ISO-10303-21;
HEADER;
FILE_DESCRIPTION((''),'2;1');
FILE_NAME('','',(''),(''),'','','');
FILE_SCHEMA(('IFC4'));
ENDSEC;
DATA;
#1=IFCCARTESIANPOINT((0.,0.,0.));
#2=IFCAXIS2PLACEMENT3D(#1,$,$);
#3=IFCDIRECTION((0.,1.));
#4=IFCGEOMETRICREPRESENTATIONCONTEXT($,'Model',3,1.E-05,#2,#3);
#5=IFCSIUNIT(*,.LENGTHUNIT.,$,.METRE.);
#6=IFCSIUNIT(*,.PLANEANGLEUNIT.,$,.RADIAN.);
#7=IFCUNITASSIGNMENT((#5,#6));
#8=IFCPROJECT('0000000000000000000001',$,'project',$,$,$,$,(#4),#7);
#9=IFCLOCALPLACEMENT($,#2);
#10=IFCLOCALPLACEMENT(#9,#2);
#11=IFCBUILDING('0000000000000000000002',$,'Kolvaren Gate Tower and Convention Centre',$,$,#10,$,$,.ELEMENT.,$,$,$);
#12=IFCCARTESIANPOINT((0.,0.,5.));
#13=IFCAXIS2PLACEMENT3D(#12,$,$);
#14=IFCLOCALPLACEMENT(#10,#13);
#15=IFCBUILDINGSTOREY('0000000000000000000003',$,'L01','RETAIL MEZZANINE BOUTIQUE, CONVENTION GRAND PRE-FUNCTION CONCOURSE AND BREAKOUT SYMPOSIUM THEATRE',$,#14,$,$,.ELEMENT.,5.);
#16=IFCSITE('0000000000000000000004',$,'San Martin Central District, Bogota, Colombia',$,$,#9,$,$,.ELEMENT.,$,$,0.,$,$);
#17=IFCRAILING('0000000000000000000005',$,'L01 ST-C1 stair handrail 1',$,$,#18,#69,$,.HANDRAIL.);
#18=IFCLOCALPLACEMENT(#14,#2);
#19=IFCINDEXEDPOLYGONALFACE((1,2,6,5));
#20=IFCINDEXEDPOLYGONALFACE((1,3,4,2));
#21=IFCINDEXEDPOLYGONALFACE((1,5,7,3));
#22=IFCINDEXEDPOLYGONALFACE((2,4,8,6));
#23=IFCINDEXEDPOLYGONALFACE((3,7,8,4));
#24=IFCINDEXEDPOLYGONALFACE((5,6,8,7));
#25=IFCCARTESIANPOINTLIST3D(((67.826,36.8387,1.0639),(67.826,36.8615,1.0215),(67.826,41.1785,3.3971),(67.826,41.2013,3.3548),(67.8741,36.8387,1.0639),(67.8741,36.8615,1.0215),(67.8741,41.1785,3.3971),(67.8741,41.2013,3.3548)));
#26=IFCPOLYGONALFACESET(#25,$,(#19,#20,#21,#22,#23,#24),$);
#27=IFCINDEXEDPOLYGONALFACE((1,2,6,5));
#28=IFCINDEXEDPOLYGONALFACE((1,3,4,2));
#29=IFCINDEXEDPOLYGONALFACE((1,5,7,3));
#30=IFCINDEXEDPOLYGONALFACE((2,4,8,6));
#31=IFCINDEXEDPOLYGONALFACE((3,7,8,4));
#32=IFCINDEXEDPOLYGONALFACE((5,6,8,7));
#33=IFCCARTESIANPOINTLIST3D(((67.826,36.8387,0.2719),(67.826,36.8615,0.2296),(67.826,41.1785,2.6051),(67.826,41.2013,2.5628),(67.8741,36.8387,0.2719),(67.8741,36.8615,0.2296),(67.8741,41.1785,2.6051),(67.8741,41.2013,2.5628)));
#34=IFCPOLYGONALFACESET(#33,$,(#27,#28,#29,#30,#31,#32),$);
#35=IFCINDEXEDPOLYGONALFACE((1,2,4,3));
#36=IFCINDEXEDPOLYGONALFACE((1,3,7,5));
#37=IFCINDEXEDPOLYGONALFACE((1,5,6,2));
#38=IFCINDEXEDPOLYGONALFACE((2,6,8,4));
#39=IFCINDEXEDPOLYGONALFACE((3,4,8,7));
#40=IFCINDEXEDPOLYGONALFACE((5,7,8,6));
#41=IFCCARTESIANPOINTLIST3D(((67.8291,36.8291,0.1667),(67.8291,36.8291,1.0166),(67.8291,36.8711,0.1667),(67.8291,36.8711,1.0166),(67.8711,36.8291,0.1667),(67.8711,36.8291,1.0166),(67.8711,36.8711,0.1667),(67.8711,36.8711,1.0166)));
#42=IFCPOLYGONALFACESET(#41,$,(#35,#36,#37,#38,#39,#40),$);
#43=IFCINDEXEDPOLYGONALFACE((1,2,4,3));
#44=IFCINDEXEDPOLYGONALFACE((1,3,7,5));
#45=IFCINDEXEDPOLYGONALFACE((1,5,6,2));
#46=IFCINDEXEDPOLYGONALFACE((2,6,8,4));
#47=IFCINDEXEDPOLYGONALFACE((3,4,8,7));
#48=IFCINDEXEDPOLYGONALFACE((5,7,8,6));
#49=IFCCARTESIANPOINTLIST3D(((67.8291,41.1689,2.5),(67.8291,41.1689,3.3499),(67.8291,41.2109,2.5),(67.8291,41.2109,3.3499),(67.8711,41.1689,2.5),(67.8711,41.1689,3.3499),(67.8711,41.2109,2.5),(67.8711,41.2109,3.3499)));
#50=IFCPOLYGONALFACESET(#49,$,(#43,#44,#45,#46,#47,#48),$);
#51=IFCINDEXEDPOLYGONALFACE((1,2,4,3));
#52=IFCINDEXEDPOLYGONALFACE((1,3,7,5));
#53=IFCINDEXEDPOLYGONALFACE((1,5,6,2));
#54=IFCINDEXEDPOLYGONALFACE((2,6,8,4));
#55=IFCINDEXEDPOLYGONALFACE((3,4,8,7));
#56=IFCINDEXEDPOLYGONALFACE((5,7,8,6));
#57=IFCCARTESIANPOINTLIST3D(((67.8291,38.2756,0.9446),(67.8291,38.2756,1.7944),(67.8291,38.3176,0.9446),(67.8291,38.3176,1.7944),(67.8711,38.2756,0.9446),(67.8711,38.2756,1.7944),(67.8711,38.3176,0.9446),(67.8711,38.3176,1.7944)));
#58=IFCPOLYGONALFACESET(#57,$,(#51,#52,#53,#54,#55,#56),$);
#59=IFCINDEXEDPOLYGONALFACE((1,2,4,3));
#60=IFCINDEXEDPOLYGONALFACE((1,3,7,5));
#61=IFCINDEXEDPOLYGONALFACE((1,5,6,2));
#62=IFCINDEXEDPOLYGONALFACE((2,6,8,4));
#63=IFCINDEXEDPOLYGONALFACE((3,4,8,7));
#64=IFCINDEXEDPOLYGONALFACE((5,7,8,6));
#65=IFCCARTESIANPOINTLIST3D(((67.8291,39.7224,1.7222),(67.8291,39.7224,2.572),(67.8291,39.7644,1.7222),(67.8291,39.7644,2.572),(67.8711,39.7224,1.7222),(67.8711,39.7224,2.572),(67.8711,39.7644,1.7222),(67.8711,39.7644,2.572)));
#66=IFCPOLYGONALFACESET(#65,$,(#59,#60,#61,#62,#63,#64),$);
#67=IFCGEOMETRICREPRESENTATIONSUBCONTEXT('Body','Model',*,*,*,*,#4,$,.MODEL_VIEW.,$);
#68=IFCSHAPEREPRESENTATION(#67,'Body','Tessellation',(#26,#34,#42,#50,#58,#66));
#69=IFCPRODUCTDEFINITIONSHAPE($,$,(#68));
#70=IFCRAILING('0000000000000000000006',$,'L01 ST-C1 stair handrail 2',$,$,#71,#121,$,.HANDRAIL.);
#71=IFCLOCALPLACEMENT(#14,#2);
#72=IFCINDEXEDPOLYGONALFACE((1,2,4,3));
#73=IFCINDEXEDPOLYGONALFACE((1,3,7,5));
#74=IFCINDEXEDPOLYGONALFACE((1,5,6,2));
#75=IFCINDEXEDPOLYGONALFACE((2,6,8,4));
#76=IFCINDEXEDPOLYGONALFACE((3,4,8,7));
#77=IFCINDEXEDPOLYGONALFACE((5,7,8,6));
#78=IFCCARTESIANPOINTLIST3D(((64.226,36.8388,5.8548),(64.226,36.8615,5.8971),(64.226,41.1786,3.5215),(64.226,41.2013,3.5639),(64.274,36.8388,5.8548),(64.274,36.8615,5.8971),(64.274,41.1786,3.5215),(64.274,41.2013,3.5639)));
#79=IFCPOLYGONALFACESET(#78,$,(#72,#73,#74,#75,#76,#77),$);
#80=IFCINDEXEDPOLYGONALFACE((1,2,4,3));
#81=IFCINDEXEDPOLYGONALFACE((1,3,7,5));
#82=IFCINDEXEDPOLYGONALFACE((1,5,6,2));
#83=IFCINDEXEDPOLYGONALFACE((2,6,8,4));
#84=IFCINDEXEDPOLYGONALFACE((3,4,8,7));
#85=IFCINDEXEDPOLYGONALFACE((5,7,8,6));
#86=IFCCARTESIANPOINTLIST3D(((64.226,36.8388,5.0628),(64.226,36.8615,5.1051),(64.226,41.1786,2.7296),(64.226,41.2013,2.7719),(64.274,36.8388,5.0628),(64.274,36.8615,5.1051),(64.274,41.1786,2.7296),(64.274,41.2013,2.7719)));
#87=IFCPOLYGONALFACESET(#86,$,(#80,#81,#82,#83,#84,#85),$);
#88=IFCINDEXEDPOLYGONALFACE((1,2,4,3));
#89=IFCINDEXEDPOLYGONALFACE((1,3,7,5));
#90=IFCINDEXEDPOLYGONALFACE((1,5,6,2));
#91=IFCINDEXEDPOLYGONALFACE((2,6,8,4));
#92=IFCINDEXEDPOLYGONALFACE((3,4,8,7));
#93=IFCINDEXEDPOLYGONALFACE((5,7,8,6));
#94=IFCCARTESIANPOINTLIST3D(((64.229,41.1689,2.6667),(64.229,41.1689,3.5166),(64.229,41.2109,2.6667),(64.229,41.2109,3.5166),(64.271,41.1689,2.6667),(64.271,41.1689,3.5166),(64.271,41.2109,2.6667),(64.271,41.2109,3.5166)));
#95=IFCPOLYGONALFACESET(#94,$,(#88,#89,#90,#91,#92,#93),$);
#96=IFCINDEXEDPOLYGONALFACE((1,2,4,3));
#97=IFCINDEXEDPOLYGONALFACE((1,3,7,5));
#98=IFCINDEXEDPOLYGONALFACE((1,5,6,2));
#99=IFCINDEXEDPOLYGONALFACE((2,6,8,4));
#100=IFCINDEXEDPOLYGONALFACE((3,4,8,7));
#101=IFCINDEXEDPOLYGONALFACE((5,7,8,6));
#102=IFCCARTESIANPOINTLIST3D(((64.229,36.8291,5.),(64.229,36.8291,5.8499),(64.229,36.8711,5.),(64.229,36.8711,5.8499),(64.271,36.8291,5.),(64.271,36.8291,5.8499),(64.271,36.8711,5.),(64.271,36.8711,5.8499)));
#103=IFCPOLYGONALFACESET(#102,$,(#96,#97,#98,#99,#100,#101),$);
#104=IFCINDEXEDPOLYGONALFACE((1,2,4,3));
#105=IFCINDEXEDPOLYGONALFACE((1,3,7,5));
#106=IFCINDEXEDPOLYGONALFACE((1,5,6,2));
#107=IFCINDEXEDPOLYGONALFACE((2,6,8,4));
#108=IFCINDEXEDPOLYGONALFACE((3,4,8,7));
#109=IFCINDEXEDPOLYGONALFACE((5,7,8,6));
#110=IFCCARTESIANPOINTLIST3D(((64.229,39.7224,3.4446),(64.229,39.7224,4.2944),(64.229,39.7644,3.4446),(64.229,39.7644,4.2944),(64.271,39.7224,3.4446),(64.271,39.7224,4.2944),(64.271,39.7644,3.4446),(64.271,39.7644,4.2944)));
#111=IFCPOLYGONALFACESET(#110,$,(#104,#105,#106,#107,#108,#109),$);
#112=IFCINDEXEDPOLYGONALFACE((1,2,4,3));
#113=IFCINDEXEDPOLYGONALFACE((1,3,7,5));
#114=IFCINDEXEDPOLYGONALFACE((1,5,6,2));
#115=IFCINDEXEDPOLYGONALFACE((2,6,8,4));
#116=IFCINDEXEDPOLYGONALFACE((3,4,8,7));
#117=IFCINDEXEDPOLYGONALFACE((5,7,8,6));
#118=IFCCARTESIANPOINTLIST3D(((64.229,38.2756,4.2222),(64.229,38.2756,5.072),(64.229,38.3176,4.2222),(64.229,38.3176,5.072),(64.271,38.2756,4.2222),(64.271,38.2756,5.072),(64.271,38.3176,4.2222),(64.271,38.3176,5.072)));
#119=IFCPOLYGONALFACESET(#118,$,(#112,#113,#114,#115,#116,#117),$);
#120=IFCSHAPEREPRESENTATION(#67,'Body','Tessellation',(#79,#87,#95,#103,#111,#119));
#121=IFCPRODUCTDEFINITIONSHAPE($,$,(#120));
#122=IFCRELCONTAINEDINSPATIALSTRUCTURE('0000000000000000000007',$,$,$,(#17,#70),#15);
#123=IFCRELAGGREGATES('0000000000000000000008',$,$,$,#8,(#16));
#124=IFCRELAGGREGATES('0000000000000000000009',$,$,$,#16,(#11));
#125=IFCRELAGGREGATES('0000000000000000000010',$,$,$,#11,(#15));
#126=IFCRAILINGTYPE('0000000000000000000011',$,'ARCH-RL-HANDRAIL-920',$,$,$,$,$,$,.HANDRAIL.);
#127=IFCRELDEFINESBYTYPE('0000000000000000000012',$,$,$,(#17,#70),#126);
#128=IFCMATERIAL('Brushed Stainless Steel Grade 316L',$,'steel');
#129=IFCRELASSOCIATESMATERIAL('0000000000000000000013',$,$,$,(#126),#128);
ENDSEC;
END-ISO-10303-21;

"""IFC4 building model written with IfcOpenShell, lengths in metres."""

from ifc_helpers import new_model, si_unit, direction, frame, origin, origin_2d, place, context, subcontext, project, spatial, rectangle, extrude, material, type_object, element, save


model = new_model("IFC4")

# Units and contexts
model_context = context("Model", 3, precision=1e-05, world=origin(), true_north=direction((0.0, 1.0)))
body_context = subcontext(model_context, "Body", "Model", "MODEL_VIEW")
ifc_project = project(units=[si_unit("LENGTHUNIT", "METRE"), si_unit("PLANEANGLEUNIT", "RADIAN")], contexts=[model_context])

# Site, building, storey
site_placement = place(None, origin())
site = spatial("IfcSite", under=ifc_project, at=site_placement, Name="San Martin Central District, Bogota, Colombia", CompositionType="ELEMENT", RefElevation=0.0)
building_placement = place(site_placement, origin())
building = spatial("IfcBuilding", under=site, at=building_placement, Name="Kolvaren Gate Tower and Convention Centre", CompositionType="ELEMENT")
storey_placement = place(building_placement, frame((0.0, 0.0, 5.0)))
storey = spatial("IfcBuildingStorey", under=building, at=storey_placement, Name="L01", Description="RETAIL MEZZANINE BOUTIQUE, CONVENTION GRAND PRE-FUNCTION CONCOURSE AND BREAKOUT SYMPOSIUM THEATRE", CompositionType="ELEMENT", Elevation=5.0)

# Shared definitions
ifc_material_1 = material(Name="Brushed Stainless Steel Grade 316L", Category="steel")

# Railings
railing_type_1 = type_object("IfcRailingType", Name="ARCH-RL-HANDRAIL-920", PredefinedType="HANDRAIL", material=ifc_material_1)
railing_1_placement = place(storey_placement, frame((67.8501, 36.8501, 0.1667)))
element("IfcRailing", 1, at=railing_1_placement, inside=storey, type_object=railing_type_1, Name="L01 ST-C1 stair handrail 1", PredefinedType="HANDRAIL", context=body_context, shape_type="SweptSolid", body=[
    extrude(rectangle(XDim=0.0481, YDim=0.0481, at=origin_2d()), frame((0.0, 0.0, 0.876), z_axis=(0.0, 0.880775, 0.473535), x_axis=(-1.0, 0.0, 0.0)), (0.0, 0.0, 1.0), 4.9272),
    extrude(rectangle(XDim=0.0481, YDim=0.0481, at=origin_2d()), frame((0.0, 0.0, 0.084), z_axis=(0.0, 0.880775, 0.473535), x_axis=(-1.0, 0.0, 0.0)), (0.0, 0.0, 1.0), 4.9272),
    extrude(rectangle(XDim=0.042, YDim=0.042, at=origin_2d()), origin(), (0.0, 0.0, 1.0), 0.8499),
    extrude(rectangle(XDim=0.042, YDim=0.042, at=origin_2d()), frame((0.0, 4.3398, 2.3333)), (0.0, 0.0, 1.0), 0.8499),
    extrude(rectangle(XDim=0.042, YDim=0.042, at=origin_2d()), frame((0.0, 1.4465, 0.7778)), (0.0, 0.0, 1.0), 0.8499),
    extrude(rectangle(XDim=0.042, YDim=0.042, at=origin_2d()), frame((0.0, 2.8933, 1.5554)), (0.0, 0.0, 1.0), 0.8499),
])
railing_2_placement = place(storey_placement, frame((64.25, 41.1899, 2.6667)))
element("IfcRailing", 2, at=railing_2_placement, inside=storey, type_object=railing_type_1, Name="L01 ST-C1 stair handrail 2", PredefinedType="HANDRAIL", context=body_context, shape_type="SweptSolid", body=[
    extrude(rectangle(XDim=0.0481, YDim=0.0481, at=origin_2d()), frame((0.0, 0.0, 0.876), z_axis=(0.0, -0.880775, 0.473535), x_axis=(1.0, 0.0, 0.0)), (0.0, 0.0, 1.0), 4.9272),
    extrude(rectangle(XDim=0.0481, YDim=0.0481, at=origin_2d()), frame((0.0, 0.0, 0.084), z_axis=(0.0, -0.880775, 0.473535), x_axis=(1.0, 0.0, 0.0)), (0.0, 0.0, 1.0), 4.9272),
    extrude(rectangle(XDim=0.042, YDim=0.042, at=origin_2d()), origin(), (0.0, 0.0, 1.0), 0.8499),
    extrude(rectangle(XDim=0.042, YDim=0.042, at=origin_2d()), frame((0.0, -4.3398, 2.3333)), (0.0, 0.0, 1.0), 0.8499),
    extrude(rectangle(XDim=0.042, YDim=0.042, at=origin_2d()), frame((0.0, -1.4465, 0.7778)), (0.0, 0.0, 1.0), 0.8499),
    extrude(rectangle(XDim=0.042, YDim=0.042, at=origin_2d()), frame((0.0, -2.8933, 1.5554)), (0.0, 0.0, 1.0), 0.8499),
])

save(model, "model.ifc")
